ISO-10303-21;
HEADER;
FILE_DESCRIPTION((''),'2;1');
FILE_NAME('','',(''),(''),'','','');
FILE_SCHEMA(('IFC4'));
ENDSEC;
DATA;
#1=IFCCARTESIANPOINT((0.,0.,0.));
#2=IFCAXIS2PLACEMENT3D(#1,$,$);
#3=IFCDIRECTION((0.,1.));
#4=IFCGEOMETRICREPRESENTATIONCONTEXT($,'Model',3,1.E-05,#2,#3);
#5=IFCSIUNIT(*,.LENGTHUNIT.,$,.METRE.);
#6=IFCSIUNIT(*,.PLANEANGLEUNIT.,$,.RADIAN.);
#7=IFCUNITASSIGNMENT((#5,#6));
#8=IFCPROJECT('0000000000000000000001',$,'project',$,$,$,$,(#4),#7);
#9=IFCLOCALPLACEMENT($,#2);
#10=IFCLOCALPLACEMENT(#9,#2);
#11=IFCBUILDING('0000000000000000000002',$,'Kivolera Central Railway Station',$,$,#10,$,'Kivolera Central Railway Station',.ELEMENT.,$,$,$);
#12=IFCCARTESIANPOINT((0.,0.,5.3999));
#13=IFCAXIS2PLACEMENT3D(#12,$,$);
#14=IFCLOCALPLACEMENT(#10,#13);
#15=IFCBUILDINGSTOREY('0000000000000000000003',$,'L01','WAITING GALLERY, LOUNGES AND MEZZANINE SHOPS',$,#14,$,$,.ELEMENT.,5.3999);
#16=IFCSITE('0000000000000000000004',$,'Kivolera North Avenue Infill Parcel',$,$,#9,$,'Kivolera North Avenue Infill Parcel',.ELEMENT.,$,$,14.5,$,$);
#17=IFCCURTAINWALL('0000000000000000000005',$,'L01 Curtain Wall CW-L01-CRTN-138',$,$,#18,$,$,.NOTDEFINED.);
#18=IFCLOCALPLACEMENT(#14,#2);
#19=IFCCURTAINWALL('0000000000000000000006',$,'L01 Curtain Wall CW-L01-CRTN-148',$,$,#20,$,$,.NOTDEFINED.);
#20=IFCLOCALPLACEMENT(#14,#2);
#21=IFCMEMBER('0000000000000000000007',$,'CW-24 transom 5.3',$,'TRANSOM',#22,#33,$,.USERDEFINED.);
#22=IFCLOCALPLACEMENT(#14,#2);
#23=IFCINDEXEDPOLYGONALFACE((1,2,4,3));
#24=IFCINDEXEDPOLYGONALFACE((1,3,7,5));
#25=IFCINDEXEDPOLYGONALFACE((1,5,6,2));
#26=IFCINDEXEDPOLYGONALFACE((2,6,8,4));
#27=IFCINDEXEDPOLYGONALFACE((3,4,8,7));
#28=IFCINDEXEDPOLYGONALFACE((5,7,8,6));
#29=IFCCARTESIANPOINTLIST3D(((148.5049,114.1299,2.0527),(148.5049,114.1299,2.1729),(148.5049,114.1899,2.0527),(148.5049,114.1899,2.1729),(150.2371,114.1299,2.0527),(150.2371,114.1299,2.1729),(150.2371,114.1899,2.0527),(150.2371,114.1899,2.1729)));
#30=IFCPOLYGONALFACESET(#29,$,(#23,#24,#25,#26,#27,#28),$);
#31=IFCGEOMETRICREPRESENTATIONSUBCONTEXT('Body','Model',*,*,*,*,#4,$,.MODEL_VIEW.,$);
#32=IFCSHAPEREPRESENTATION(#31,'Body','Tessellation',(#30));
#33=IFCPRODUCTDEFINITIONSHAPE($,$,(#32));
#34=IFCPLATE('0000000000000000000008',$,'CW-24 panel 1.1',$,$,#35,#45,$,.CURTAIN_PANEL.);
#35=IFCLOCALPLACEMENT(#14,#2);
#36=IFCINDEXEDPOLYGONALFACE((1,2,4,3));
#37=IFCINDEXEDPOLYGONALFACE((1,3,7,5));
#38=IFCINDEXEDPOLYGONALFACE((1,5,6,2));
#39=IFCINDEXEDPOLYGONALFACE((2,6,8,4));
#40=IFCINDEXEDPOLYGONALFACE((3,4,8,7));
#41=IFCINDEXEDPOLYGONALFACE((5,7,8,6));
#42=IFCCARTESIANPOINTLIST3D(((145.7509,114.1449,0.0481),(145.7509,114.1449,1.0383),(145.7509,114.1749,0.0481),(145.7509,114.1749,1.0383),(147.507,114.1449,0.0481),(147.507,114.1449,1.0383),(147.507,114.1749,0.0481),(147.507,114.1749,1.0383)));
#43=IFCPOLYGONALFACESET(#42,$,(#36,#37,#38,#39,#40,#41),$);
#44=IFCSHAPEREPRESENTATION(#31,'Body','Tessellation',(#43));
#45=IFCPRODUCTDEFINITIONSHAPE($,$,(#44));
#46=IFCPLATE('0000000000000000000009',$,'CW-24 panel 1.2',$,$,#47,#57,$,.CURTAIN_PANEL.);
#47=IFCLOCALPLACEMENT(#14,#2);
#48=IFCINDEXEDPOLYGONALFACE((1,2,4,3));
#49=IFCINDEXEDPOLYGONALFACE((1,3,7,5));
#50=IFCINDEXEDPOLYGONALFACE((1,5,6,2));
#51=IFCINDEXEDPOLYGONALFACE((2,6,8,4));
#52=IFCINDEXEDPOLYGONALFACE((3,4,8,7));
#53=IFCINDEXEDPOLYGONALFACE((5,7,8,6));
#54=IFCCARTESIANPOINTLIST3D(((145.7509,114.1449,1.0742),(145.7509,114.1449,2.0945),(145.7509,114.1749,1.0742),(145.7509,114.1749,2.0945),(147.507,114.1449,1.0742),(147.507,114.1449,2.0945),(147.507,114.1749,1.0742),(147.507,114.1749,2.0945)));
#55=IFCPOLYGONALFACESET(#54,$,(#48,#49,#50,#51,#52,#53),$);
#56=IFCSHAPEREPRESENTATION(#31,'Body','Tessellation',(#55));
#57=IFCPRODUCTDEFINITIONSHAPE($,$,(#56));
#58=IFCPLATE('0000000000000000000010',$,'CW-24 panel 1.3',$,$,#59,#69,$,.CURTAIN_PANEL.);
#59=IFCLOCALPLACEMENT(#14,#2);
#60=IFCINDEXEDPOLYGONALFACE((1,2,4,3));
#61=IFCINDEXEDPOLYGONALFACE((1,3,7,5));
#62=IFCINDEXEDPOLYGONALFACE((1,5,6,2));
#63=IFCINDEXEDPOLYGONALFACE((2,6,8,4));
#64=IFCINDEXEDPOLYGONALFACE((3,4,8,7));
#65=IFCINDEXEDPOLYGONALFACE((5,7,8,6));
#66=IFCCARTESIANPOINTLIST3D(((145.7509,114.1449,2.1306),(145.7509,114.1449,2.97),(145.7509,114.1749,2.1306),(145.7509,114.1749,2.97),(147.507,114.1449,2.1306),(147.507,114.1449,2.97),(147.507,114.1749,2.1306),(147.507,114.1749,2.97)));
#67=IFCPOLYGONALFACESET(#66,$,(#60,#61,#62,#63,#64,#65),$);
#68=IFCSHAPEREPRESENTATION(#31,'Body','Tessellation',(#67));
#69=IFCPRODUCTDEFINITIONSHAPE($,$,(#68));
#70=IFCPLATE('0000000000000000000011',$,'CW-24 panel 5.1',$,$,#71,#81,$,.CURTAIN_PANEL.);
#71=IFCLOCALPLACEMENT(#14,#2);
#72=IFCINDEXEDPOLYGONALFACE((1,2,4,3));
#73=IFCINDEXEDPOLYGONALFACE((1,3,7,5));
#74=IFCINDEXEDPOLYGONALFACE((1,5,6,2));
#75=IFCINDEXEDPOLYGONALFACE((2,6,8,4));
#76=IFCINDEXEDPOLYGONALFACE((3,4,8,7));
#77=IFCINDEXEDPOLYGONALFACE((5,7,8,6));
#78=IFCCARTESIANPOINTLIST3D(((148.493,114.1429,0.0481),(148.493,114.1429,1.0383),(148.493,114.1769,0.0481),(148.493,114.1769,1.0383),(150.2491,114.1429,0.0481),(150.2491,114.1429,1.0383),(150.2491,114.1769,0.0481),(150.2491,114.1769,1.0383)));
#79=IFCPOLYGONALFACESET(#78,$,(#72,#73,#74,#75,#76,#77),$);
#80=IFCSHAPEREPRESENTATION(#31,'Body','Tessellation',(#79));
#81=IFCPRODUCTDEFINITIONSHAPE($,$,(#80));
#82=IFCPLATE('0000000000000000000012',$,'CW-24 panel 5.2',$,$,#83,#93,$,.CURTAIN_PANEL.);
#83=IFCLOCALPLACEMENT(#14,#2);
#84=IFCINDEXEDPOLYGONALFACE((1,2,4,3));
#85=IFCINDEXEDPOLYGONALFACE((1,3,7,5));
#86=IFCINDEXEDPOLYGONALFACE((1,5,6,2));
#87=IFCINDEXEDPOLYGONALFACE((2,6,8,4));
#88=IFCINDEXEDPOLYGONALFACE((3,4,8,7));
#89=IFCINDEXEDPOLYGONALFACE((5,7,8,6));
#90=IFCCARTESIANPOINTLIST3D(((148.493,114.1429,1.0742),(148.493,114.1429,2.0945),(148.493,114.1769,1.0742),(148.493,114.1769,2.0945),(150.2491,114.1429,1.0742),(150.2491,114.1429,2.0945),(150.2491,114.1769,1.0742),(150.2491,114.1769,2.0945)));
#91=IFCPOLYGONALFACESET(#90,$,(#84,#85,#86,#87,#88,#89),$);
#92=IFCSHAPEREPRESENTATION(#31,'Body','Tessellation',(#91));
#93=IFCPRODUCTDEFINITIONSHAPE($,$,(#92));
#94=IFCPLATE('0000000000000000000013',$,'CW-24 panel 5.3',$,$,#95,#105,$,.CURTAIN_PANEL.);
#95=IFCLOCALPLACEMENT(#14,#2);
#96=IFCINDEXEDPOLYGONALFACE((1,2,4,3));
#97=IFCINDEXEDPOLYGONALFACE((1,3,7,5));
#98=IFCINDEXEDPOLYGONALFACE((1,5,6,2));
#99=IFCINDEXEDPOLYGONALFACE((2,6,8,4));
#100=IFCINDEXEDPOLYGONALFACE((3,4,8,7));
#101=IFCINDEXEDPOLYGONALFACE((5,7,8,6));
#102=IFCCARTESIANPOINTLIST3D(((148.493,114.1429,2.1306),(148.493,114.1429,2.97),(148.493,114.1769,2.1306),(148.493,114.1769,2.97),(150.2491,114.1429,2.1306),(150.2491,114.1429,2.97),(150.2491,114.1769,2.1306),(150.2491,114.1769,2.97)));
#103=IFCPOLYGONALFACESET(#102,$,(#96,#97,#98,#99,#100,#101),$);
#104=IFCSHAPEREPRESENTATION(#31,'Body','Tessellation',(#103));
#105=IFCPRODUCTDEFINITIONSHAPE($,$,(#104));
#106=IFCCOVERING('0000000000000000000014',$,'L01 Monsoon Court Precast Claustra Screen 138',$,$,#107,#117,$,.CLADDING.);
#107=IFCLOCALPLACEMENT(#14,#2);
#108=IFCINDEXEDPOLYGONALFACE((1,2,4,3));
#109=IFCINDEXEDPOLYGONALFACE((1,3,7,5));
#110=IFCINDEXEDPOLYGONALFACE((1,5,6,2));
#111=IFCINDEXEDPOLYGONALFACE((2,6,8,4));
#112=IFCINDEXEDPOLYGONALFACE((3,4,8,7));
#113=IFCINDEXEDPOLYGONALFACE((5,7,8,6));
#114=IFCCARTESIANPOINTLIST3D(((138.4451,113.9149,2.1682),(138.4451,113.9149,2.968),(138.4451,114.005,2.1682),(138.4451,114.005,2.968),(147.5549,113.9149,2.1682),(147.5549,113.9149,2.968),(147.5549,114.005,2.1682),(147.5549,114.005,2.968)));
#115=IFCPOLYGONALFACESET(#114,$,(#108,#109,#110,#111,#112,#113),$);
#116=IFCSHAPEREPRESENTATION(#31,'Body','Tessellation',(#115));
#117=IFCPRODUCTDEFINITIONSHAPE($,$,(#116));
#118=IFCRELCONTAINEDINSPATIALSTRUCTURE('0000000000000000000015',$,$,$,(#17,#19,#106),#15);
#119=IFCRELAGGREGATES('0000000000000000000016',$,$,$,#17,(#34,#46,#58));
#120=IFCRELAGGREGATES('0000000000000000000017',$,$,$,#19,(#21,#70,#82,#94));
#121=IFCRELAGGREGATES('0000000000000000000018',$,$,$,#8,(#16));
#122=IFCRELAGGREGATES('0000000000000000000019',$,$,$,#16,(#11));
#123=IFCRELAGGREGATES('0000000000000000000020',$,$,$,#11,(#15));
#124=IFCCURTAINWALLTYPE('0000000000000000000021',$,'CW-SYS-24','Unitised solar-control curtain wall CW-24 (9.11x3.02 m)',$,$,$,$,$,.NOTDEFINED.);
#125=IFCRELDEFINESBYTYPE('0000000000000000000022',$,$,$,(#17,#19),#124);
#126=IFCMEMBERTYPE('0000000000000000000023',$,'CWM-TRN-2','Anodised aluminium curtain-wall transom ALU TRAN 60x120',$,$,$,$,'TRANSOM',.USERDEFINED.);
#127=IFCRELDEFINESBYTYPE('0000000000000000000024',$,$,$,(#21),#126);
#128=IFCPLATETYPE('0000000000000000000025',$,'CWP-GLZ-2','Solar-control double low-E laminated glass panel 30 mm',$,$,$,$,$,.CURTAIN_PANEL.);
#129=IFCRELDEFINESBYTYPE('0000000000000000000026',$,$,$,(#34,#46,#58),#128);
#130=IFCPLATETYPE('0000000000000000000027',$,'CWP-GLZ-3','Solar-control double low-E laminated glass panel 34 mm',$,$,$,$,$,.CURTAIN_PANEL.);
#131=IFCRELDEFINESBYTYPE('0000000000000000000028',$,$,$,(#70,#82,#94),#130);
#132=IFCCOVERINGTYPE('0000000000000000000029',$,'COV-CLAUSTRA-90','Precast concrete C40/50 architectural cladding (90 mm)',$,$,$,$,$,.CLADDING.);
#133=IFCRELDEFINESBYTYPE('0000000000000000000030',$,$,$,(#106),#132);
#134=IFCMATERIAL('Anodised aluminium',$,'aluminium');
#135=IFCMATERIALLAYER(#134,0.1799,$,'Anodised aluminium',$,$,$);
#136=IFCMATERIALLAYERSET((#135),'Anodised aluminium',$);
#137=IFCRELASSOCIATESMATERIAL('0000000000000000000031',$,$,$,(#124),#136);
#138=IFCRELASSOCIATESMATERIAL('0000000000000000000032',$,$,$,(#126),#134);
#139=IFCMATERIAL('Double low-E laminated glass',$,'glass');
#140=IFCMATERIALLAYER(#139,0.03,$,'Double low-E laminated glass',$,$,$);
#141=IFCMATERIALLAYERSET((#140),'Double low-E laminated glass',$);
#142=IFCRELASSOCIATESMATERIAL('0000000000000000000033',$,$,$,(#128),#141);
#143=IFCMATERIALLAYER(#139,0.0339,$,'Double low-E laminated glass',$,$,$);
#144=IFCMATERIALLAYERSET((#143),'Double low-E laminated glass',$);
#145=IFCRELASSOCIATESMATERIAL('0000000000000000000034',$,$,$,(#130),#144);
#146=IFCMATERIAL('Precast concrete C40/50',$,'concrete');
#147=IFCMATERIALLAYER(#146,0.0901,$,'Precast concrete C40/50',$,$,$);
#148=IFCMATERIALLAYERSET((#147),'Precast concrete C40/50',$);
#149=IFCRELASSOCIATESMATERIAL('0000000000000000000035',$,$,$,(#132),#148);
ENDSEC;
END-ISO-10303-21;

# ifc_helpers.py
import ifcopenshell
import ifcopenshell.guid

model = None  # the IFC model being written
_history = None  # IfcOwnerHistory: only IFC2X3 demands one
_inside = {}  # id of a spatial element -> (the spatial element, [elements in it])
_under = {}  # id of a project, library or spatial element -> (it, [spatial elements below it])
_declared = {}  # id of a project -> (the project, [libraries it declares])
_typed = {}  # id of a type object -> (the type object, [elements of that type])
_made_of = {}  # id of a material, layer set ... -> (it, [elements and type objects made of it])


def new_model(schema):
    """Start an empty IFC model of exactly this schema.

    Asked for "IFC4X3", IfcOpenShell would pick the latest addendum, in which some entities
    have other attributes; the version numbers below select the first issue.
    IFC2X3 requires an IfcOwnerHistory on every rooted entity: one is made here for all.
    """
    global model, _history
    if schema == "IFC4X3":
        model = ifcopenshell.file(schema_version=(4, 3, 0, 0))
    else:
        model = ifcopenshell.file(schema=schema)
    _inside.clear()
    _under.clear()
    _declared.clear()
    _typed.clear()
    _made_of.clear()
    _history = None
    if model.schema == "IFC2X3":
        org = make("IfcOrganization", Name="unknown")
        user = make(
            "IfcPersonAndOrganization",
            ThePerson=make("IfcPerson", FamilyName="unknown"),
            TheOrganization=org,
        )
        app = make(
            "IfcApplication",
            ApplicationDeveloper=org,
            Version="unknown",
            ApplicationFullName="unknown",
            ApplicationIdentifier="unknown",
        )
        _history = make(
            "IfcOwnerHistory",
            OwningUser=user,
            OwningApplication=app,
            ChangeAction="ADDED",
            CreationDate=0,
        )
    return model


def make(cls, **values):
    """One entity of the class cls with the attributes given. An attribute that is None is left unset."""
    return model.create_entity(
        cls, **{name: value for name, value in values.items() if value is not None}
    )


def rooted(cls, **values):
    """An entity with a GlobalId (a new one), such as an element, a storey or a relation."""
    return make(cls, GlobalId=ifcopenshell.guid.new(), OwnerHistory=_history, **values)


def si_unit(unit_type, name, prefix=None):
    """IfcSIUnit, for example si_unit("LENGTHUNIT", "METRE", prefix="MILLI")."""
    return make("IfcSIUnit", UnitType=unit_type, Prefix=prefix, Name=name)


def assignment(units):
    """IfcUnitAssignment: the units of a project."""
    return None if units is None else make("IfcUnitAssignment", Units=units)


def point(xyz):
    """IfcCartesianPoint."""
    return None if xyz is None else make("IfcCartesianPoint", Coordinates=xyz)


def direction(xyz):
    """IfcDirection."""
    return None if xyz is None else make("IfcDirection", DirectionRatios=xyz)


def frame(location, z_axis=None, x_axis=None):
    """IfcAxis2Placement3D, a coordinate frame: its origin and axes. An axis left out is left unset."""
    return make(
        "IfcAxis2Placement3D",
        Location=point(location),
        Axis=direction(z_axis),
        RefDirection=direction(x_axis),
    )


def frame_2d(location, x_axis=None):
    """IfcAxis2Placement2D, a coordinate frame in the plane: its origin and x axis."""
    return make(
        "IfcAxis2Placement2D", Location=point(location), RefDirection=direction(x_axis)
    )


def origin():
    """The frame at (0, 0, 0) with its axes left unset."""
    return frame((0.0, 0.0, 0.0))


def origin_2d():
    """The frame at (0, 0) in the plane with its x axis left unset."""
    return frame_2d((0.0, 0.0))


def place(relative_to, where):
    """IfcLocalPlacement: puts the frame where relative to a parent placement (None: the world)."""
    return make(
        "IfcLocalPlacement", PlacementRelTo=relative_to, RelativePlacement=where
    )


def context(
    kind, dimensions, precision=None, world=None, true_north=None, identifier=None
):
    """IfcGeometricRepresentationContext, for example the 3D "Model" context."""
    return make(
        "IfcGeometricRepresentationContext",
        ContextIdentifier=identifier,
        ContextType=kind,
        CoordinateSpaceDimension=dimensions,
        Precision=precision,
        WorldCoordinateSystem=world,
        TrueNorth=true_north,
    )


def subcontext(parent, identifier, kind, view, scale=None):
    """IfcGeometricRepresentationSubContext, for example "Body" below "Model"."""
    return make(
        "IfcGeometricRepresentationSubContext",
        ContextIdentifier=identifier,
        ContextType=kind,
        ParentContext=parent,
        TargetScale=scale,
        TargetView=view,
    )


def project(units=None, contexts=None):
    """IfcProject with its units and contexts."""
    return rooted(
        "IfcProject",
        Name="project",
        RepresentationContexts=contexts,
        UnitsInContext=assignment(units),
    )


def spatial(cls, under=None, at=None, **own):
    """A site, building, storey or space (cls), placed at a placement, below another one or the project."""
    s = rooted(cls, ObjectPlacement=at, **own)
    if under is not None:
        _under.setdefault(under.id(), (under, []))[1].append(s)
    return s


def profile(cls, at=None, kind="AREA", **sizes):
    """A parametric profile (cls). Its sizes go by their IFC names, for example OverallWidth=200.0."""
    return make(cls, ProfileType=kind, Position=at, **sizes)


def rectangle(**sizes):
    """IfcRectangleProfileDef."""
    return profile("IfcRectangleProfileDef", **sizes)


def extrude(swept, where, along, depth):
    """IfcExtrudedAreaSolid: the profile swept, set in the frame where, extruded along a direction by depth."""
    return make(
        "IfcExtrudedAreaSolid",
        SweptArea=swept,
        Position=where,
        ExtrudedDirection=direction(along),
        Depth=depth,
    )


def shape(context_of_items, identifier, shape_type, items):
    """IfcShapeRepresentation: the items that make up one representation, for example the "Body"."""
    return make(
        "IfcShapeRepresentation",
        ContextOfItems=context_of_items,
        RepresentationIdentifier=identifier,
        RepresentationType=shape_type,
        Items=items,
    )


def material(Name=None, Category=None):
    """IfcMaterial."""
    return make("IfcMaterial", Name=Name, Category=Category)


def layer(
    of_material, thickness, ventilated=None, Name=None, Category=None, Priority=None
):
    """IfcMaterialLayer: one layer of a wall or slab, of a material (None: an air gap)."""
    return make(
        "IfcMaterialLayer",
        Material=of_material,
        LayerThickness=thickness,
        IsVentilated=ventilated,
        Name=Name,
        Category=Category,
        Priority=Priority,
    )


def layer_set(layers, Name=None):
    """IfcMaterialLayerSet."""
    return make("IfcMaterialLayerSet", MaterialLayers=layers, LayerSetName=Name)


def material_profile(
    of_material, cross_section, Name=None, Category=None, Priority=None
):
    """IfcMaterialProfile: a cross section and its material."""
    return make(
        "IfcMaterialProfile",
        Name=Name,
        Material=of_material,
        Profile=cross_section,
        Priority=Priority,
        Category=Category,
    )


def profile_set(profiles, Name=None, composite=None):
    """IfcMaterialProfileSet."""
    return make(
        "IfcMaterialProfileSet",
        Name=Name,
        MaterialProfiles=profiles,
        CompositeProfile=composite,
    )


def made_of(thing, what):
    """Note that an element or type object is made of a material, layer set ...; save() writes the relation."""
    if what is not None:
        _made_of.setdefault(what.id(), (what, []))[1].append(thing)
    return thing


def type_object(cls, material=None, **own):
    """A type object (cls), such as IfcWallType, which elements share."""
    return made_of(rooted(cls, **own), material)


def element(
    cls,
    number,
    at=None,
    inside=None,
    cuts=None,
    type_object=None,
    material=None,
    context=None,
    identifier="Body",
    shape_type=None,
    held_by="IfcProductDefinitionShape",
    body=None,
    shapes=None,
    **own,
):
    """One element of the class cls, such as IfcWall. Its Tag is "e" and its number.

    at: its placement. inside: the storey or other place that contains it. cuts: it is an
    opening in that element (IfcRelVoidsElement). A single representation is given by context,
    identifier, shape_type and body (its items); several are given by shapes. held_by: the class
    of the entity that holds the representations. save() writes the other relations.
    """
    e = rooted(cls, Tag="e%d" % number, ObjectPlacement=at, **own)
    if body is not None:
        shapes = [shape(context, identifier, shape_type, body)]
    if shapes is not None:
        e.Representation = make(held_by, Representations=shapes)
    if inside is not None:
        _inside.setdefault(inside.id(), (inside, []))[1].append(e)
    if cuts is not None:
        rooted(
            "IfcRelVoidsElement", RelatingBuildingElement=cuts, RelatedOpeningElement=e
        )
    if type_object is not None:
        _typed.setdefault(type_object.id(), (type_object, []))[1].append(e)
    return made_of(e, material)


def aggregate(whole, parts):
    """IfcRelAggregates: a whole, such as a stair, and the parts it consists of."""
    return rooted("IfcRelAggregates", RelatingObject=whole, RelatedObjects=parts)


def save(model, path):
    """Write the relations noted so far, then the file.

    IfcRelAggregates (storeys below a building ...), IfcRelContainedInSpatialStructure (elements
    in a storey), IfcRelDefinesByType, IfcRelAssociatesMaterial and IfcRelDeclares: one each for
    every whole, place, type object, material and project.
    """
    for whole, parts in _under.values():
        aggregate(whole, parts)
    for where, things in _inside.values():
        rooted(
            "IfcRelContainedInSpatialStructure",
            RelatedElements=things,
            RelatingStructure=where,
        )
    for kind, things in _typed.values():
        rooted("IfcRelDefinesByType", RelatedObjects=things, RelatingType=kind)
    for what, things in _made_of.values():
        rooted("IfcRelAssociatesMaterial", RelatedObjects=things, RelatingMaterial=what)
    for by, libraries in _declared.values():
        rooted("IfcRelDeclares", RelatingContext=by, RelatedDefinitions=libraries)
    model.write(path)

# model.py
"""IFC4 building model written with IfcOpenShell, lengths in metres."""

from ifc_helpers import new_model, si_unit, direction, frame, frame_2d, origin, origin_2d, place, context, subcontext, project, spatial, rectangle, extrude, material, layer, layer_set, material_profile, profile_set, type_object, element, aggregate, save


model = new_model("IFC4")

# Units and contexts
model_context = context("Model", 3, precision=1e-05, world=origin(), true_north=direction((0.0, 1.0)))
body_context = subcontext(model_context, "Body", "Model", "MODEL_VIEW")
ifc_project = project(units=[si_unit("LENGTHUNIT", "METRE"), si_unit("PLANEANGLEUNIT", "RADIAN")], contexts=[model_context])

# Site, building, storey
site_placement = place(None, origin())
site = spatial("IfcSite", under=ifc_project, at=site_placement, Name="Kivolera North Avenue Infill Parcel", LongName="Kivolera North Avenue Infill Parcel", CompositionType="ELEMENT", RefElevation=14.5)
building_placement = place(site_placement, origin())
building = spatial("IfcBuilding", under=site, at=building_placement, Name="Kivolera Central Railway Station", LongName="Kivolera Central Railway Station", CompositionType="ELEMENT")
storey_placement = place(building_placement, frame((0.0, 0.0, 5.3999)))
storey = spatial("IfcBuildingStorey", under=building, at=storey_placement, Name="L01", Description="WAITING GALLERY, LOUNGES AND MEZZANINE SHOPS", CompositionType="ELEMENT", Elevation=5.3999)

# Curtain wall
ifc_material_1 = material(Name="Anodised aluminium", Category="aluminium")
ifc_layer_1 = layer(ifc_material_1, 0.1799, Name="Anodised aluminium")
ifc_layer_set_1 = layer_set([ifc_layer_1], Name="Anodised aluminium")
curtain_wall_type = type_object("IfcCurtainWallType", Name="CW-SYS-24", Description="Unitised solar-control curtain wall CW-24 (9.11x3.02 m)", PredefinedType="NOTDEFINED", material=ifc_layer_set_1)
curtain_wall_1_placement = place(storey_placement, origin())
curtain_wall_1 = element("IfcCurtainWall", 1, at=curtain_wall_1_placement, inside=storey, type_object=curtain_wall_type, Name="L01 Curtain Wall CW-L01-CRTN-138", PredefinedType="NOTDEFINED")

# Curtain wall
curtain_wall_2_placement = place(storey_placement, origin())
curtain_wall_2 = element("IfcCurtainWall", 2, at=curtain_wall_2_placement, inside=storey, type_object=curtain_wall_type, Name="L01 Curtain Wall CW-L01-CRTN-148", PredefinedType="NOTDEFINED")

# Member
ifc_material_profile_1 = material_profile(ifc_material_1, rectangle(XDim=0.0601, YDim=0.1201, at=origin_2d()), Name="ALU TRAN 60x120")
ifc_profile_set_1 = profile_set([ifc_material_profile_1], Name="Anodised aluminium")
member_type_1 = type_object("IfcMemberType", Name="CWM-TRN-2", Description="Anodised aluminium curtain-wall transom ALU TRAN 60x120", ElementType="TRANSOM", PredefinedType="USERDEFINED", material=ifc_profile_set_1)
member_1_placement = place(storey_placement, frame((150.2371, 114.1599, 2.1128), z_axis=(-1.0, 0.0, 0.0), x_axis=(0.0, -1.0, 0.0)))
member_1 = element("IfcMember", 3, at=member_1_placement, type_object=member_type_1, Name="CW-24 transom 5.3", ObjectType="TRANSOM", PredefinedType="USERDEFINED", context=body_context, shape_type="SweptSolid", body=[
    extrude(rectangle(XDim=0.0601, YDim=0.1201, at=origin_2d()), origin(), (0.0, 0.0, 1.0), 1.7322),
])

# Plates
ifc_material_2 = material(Name="Double low-E laminated glass", Category="glass")
ifc_layer_2 = layer(ifc_material_2, 0.03, Name="Double low-E laminated glass")
ifc_layer_set_2 = layer_set([ifc_layer_2], Name="Double low-E laminated glass")
plate_type_1 = type_object("IfcPlateType", Name="CWP-GLZ-2", Description="Solar-control double low-E laminated glass panel 30 mm", PredefinedType="CURTAIN_PANEL", material=ifc_layer_set_2)
plate_1_placement = place(storey_placement, frame((146.6289, 114.1599, 0.0481), z_axis=(0.0, 0.0, 1.0), x_axis=(-1.0, 0.0, 0.0)))
plate_1 = element("IfcPlate", 4, at=plate_1_placement, type_object=plate_type_1, Name="CW-24 panel 1.1", PredefinedType="CURTAIN_PANEL", context=body_context, shape_type="SweptSolid", body=[
    extrude(rectangle(XDim=1.7561, YDim=0.03, at=origin_2d()), origin(), (0.0, 0.0, 1.0), 0.9902),
])
plate_2_placement = place(storey_placement, frame((146.6289, 114.1599, 1.0742), z_axis=(0.0, 0.0, 1.0), x_axis=(-1.0, 0.0, 0.0)))
plate_2 = element("IfcPlate", 5, at=plate_2_placement, type_object=plate_type_1, Name="CW-24 panel 1.2", PredefinedType="CURTAIN_PANEL", context=body_context, shape_type="SweptSolid", body=[
    extrude(rectangle(XDim=1.7561, YDim=0.03, at=origin_2d()), origin(), (0.0, 0.0, 1.0), 1.0203),
])
plate_3_placement = place(storey_placement, frame((146.6289, 114.1599, 2.1306), z_axis=(0.0, 0.0, 1.0), x_axis=(-1.0, 0.0, 0.0)))
plate_3 = element("IfcPlate", 6, at=plate_3_placement, type_object=plate_type_1, Name="CW-24 panel 1.3", PredefinedType="CURTAIN_PANEL", context=body_context, shape_type="SweptSolid", body=[
    extrude(rectangle(XDim=1.7561, YDim=0.03, at=origin_2d()), origin(), (0.0, 0.0, 1.0), 0.8394),
])
aggregate(curtain_wall_1, [plate_1, plate_2, plate_3])
ifc_layer_3 = layer(ifc_material_2, 0.0339, Name="Double low-E laminated glass")
ifc_layer_set_3 = layer_set([ifc_layer_3], Name="Double low-E laminated glass")
plate_type_2 = type_object("IfcPlateType", Name="CWP-GLZ-3", Description="Solar-control double low-E laminated glass panel 34 mm", PredefinedType="CURTAIN_PANEL", material=ifc_layer_set_3)
plate_4_placement = place(storey_placement, frame((149.3711, 114.1599, 0.0481), z_axis=(0.0, 0.0, 1.0), x_axis=(-1.0, 0.0, 0.0)))
plate_4 = element("IfcPlate", 7, at=plate_4_placement, type_object=plate_type_2, Name="CW-24 panel 5.1", PredefinedType="CURTAIN_PANEL", context=body_context, shape_type="SweptSolid", body=[
    extrude(rectangle(XDim=1.7561, YDim=0.0339, at=origin_2d()), origin(), (0.0, 0.0, 1.0), 0.9902),
])
plate_5_placement = place(storey_placement, frame((149.3711, 114.1599, 1.0742), z_axis=(0.0, 0.0, 1.0), x_axis=(-1.0, 0.0, 0.0)))
plate_5 = element("IfcPlate", 8, at=plate_5_placement, type_object=plate_type_2, Name="CW-24 panel 5.2", PredefinedType="CURTAIN_PANEL", context=body_context, shape_type="SweptSolid", body=[
    extrude(rectangle(XDim=1.7561, YDim=0.0339, at=origin_2d()), origin(), (0.0, 0.0, 1.0), 1.0203),
])
plate_6_placement = place(storey_placement, frame((149.3711, 114.1599, 2.1306), z_axis=(0.0, 0.0, 1.0), x_axis=(-1.0, 0.0, 0.0)))
plate_6 = element("IfcPlate", 9, at=plate_6_placement, type_object=plate_type_2, Name="CW-24 panel 5.3", PredefinedType="CURTAIN_PANEL", context=body_context, shape_type="SweptSolid", body=[
    extrude(rectangle(XDim=1.7561, YDim=0.0339, at=origin_2d()), origin(), (0.0, 0.0, 1.0), 0.8394),
])
aggregate(curtain_wall_2, [member_1, plate_4, plate_5, plate_6])

# Covering
ifc_material_3 = material(Name="Precast concrete C40/50", Category="concrete")
ifc_layer_4 = layer(ifc_material_3, 0.0901, Name="Precast concrete C40/50")
ifc_layer_set_4 = layer_set([ifc_layer_4], Name="Precast concrete C40/50")
covering_type = type_object("IfcCoveringType", Name="COV-CLAUSTRA-90", Description="Precast concrete C40/50 architectural cladding (90 mm)", PredefinedType="CLADDING", material=ifc_layer_set_4)
covering_placement = place(storey_placement, frame((147.5549, 113.96, 2.1682), z_axis=(0.0, 0.0, 1.0), x_axis=(-1.0, 0.0, 0.0)))
element("IfcCovering", 10, at=covering_placement, inside=storey, type_object=covering_type, Name="L01 Monsoon Court Precast Claustra Screen 138", PredefinedType="CLADDING", context=body_context, shape_type="SweptSolid", body=[
    extrude(rectangle(XDim=9.1099, YDim=0.0901, at=frame_2d((4.5549, 0.0))), origin(), (0.0, 0.0, 1.0), 0.7998),
])

save(model, "model.ifc")
